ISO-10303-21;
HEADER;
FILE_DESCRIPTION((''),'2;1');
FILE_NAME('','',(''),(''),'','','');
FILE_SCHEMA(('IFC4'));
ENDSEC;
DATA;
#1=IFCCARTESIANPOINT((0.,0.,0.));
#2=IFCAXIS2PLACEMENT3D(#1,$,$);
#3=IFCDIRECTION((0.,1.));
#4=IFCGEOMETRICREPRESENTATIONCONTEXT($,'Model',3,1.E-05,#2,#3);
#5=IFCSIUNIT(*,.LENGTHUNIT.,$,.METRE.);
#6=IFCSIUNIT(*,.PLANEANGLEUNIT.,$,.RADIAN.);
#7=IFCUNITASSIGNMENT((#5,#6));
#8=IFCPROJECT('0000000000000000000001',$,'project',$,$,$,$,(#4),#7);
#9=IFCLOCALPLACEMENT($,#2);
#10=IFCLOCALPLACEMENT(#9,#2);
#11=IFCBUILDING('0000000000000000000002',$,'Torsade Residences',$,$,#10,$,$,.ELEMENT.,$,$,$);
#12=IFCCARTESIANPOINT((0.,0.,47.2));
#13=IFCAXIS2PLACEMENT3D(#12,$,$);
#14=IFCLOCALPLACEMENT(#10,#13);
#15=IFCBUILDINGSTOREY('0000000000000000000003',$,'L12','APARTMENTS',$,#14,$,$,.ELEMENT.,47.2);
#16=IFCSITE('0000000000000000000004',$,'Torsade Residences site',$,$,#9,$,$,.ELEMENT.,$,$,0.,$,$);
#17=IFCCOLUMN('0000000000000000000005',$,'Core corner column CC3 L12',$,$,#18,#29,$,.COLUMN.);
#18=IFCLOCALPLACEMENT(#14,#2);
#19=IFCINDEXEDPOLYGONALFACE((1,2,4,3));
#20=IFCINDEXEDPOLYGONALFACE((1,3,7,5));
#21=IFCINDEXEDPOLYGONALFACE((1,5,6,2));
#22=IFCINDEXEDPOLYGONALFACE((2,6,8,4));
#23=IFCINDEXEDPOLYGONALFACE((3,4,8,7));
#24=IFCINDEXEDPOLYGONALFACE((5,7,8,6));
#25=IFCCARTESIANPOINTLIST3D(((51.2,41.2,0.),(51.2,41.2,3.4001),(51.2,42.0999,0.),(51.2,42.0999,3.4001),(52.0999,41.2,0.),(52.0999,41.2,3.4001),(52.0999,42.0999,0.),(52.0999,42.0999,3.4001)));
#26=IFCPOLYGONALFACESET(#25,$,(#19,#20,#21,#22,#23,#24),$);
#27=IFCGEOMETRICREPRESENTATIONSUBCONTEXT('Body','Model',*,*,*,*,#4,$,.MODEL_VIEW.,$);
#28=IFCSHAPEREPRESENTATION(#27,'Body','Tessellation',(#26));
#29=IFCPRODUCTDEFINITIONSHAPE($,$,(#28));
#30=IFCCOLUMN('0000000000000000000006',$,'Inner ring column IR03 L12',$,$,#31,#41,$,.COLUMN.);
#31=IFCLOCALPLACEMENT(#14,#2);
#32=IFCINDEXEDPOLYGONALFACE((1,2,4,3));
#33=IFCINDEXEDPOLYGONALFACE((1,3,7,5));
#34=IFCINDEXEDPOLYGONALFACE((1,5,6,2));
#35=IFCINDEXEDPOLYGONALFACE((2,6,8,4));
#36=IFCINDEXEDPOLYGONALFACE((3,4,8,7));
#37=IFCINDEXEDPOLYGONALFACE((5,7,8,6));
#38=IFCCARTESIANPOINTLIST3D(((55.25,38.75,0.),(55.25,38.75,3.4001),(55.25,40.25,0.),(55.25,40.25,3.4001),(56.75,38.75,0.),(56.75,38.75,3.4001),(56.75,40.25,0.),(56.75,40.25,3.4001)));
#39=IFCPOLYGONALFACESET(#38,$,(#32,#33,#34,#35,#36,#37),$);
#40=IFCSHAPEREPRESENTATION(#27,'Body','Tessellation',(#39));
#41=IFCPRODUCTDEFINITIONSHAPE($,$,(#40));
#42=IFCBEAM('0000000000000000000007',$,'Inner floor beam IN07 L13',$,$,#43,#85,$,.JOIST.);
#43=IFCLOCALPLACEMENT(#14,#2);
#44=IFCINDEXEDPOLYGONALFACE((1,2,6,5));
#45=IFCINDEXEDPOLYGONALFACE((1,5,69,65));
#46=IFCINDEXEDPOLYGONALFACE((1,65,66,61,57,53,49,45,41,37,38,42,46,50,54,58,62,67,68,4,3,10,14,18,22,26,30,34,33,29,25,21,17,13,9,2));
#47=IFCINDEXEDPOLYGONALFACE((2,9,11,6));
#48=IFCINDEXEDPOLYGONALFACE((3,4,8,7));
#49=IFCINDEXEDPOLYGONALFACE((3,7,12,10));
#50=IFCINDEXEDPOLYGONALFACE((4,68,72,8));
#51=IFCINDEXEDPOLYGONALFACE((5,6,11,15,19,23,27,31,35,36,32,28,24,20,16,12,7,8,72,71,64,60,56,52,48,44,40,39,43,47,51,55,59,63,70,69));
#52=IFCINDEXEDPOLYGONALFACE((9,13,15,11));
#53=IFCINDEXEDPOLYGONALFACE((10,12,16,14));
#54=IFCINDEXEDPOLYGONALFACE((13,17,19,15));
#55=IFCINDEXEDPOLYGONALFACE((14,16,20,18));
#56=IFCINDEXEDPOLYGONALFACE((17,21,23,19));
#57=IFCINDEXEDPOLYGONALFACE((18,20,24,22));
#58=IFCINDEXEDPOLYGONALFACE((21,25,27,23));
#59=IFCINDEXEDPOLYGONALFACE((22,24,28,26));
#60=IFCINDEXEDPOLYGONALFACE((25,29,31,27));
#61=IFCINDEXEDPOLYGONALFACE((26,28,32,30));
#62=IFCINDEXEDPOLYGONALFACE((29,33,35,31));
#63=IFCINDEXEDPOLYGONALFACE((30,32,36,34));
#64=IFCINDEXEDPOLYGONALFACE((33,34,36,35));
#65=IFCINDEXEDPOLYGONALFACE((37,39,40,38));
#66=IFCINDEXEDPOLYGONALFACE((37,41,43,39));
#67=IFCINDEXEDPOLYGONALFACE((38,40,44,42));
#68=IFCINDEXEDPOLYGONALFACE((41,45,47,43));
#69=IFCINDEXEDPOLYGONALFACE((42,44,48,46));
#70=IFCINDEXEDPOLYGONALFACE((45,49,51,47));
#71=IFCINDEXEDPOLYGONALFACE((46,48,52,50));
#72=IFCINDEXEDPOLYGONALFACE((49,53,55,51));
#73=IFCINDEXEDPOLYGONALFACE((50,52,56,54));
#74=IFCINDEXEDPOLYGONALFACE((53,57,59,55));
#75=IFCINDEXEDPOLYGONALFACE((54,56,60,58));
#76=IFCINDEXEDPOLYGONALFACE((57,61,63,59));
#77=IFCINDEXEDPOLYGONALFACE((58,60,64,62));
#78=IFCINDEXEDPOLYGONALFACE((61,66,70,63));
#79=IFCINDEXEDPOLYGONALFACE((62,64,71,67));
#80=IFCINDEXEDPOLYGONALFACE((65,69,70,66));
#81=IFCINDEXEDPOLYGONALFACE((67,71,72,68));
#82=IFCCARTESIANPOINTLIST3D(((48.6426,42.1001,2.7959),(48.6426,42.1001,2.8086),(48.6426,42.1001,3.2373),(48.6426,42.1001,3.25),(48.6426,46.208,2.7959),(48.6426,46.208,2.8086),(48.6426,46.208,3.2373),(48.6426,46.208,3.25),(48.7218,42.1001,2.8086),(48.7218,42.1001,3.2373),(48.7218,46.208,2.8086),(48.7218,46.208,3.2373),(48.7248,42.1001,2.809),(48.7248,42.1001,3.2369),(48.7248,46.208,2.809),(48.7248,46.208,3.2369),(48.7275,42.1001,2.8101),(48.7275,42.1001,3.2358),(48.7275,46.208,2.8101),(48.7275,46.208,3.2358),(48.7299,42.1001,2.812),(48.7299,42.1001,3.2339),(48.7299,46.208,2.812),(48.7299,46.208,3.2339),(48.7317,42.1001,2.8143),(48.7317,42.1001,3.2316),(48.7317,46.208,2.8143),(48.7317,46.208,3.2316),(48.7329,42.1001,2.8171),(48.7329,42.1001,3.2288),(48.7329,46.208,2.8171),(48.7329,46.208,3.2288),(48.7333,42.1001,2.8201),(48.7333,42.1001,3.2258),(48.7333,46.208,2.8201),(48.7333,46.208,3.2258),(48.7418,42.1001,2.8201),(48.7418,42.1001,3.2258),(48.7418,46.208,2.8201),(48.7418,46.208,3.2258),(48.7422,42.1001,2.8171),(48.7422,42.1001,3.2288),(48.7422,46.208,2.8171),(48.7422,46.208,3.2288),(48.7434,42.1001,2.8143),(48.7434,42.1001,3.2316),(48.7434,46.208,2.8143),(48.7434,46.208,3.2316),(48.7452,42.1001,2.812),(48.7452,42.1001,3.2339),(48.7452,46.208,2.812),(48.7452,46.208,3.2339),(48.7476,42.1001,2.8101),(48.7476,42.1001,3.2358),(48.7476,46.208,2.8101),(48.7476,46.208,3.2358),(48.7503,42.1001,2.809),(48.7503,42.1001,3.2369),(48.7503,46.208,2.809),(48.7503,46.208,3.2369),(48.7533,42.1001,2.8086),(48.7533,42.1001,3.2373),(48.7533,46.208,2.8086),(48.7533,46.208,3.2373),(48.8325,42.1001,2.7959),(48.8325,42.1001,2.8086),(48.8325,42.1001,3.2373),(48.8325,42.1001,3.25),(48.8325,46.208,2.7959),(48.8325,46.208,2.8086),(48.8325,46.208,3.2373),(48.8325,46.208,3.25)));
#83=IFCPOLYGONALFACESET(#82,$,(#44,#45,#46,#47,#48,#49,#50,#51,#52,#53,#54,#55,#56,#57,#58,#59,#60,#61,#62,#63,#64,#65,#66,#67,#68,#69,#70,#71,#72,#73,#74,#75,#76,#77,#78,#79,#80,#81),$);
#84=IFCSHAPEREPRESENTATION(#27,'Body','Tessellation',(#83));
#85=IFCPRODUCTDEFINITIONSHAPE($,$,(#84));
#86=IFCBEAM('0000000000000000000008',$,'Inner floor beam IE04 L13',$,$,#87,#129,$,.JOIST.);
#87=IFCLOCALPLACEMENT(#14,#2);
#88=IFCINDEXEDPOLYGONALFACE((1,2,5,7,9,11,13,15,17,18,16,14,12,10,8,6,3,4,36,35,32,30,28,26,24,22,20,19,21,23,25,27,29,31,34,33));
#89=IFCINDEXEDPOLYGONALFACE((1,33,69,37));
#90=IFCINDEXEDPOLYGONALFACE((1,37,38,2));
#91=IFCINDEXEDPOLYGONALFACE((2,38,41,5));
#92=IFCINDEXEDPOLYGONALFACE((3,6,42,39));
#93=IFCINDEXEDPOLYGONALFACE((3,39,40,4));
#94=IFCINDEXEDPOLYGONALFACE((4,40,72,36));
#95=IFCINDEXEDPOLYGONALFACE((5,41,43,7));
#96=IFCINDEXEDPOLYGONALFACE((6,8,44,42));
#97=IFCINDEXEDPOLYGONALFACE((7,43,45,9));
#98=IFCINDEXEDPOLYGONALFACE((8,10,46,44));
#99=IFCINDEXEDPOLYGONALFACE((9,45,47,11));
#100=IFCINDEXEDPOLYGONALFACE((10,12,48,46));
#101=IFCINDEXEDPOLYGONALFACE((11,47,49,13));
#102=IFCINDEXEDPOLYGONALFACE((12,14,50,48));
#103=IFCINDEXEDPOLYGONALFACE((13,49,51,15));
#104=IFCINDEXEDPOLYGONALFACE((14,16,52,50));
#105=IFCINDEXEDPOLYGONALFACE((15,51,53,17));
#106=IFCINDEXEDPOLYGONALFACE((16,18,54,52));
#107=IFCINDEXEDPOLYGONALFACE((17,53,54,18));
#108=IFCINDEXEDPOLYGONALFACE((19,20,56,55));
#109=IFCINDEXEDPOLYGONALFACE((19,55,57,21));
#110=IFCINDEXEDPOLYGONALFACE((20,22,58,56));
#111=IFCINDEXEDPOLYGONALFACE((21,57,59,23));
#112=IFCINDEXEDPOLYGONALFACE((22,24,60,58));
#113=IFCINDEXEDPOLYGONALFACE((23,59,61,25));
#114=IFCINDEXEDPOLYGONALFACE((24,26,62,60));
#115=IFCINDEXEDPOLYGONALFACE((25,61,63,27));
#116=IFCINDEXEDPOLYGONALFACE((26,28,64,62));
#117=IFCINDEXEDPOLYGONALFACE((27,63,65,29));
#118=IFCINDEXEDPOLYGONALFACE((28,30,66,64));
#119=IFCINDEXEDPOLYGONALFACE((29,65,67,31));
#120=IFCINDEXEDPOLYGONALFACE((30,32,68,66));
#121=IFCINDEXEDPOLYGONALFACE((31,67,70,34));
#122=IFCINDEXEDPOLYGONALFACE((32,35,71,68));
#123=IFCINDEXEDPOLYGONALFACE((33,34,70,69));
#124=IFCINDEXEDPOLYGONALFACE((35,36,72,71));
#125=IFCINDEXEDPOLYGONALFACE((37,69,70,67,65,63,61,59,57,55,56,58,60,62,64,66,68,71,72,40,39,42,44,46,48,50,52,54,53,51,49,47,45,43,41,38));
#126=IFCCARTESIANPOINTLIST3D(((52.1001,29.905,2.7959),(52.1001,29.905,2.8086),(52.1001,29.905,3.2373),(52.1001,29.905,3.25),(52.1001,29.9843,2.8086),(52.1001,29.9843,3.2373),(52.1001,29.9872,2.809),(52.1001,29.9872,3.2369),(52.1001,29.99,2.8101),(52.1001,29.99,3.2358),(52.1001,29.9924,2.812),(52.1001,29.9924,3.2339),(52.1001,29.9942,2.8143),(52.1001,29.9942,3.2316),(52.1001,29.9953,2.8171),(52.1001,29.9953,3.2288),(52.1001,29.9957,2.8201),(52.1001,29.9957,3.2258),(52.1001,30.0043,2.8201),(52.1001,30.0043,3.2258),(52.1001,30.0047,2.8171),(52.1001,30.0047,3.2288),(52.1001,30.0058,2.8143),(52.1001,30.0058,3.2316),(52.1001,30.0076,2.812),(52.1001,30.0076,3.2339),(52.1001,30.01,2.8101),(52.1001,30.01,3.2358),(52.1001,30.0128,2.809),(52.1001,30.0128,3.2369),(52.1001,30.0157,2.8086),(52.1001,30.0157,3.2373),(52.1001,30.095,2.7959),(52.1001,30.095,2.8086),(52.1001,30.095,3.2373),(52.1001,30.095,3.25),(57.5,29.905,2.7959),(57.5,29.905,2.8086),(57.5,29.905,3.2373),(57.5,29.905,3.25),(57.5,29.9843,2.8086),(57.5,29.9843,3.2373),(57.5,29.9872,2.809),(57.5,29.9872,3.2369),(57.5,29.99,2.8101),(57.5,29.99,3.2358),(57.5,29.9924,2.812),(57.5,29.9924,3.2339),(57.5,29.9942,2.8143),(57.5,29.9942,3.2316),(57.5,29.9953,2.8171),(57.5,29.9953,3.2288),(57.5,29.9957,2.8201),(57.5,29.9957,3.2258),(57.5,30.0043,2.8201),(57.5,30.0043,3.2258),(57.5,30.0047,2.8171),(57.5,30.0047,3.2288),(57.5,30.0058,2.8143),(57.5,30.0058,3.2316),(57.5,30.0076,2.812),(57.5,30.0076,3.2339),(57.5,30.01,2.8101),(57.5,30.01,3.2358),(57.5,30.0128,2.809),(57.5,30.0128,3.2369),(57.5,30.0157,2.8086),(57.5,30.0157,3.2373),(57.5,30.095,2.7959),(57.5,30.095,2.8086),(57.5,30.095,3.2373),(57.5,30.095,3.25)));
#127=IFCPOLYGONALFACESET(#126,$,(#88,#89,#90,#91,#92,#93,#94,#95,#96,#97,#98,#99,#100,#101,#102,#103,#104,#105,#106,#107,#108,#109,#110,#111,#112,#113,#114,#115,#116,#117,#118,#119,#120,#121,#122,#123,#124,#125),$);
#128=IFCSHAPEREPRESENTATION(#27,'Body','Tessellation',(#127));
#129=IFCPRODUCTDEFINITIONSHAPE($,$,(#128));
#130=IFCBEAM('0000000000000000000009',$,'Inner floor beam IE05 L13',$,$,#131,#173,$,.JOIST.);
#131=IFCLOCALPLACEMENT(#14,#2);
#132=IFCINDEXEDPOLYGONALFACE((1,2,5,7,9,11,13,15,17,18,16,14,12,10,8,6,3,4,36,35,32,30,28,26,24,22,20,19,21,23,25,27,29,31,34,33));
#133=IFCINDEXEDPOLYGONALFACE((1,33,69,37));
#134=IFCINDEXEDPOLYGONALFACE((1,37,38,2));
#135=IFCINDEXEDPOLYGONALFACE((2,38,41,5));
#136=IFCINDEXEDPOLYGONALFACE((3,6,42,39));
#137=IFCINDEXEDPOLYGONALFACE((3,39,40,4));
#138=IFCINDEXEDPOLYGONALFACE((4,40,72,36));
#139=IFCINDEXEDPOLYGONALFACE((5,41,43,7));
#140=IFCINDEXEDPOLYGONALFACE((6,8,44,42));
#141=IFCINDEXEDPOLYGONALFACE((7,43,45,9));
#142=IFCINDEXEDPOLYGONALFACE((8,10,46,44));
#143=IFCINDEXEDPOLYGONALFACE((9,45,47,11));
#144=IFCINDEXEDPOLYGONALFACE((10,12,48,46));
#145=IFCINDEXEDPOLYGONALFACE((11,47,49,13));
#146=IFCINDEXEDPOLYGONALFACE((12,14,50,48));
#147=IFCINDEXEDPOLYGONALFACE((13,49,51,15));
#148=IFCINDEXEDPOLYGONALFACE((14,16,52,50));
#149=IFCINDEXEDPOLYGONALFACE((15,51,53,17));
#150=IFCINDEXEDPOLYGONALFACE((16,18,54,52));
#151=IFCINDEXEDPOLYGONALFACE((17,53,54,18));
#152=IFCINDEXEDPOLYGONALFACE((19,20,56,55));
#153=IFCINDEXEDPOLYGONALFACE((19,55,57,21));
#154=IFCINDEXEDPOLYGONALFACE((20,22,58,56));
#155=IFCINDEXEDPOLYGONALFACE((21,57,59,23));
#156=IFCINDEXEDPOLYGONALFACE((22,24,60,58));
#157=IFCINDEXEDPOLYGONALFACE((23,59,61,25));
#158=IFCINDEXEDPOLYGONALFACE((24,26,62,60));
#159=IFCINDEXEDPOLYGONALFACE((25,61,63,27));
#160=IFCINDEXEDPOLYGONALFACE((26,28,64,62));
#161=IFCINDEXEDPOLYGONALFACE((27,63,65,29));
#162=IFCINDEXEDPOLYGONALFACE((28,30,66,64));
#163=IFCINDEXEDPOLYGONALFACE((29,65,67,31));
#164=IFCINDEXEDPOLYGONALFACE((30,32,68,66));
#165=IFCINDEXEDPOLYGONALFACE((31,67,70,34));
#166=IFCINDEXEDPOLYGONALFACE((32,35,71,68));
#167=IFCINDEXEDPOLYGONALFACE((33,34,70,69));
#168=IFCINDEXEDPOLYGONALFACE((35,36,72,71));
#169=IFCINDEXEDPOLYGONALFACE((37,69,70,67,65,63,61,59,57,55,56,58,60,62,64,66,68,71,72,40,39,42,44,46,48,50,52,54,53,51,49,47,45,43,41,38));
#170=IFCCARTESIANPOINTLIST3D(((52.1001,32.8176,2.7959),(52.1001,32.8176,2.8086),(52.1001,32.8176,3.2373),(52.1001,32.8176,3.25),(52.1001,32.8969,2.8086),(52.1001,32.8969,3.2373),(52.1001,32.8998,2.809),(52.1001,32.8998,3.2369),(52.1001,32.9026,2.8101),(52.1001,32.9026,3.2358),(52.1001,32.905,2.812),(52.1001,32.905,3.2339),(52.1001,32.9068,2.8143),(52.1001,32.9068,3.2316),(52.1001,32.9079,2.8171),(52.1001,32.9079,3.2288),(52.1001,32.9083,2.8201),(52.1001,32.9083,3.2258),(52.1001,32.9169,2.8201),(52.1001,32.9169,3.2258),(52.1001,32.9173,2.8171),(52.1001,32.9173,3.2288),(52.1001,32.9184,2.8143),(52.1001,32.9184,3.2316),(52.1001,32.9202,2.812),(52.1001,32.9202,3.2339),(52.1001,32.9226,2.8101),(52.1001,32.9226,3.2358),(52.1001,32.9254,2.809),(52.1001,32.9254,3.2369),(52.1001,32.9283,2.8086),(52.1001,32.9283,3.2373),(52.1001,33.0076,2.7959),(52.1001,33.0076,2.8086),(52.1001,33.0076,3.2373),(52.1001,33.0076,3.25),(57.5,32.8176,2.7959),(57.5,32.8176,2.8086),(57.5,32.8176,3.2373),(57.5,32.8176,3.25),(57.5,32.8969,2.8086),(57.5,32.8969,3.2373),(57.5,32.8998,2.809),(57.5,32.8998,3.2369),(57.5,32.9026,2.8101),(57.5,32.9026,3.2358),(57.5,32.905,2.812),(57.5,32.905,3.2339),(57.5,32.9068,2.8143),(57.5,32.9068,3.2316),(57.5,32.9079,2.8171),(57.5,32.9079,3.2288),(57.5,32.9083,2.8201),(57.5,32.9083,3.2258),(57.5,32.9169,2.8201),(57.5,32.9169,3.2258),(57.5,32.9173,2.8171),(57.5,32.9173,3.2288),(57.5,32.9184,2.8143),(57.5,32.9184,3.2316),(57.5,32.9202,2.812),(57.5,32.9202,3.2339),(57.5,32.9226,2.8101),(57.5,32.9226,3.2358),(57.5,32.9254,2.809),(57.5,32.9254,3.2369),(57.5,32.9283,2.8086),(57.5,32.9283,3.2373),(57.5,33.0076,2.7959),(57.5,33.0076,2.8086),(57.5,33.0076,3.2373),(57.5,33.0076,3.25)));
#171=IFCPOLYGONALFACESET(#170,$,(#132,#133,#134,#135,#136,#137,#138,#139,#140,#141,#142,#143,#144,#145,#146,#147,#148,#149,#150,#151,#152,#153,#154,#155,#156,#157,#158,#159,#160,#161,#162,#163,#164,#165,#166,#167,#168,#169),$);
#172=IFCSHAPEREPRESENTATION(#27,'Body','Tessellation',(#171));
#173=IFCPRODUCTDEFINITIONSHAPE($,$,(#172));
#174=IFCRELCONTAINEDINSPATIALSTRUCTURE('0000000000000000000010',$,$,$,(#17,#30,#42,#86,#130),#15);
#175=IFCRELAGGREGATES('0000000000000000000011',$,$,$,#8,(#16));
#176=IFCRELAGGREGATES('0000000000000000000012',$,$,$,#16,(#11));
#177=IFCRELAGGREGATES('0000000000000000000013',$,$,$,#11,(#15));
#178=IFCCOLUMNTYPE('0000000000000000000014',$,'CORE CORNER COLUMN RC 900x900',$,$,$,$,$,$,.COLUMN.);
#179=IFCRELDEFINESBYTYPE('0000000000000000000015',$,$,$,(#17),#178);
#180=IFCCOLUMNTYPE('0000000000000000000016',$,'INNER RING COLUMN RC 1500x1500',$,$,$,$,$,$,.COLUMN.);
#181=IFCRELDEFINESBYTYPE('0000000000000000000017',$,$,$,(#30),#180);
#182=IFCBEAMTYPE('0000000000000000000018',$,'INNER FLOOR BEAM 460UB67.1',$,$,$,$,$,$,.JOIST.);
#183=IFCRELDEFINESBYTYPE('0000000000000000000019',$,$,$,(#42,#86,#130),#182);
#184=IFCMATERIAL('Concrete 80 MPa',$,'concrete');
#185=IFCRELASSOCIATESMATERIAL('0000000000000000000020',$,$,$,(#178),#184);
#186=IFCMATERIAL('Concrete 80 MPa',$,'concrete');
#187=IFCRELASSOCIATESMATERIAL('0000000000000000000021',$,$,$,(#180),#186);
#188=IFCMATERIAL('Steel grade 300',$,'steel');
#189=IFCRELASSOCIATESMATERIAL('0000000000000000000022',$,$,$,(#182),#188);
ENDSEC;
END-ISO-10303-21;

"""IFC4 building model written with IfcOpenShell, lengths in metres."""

from ifc_helpers import new_model, si_unit, direction, frame, origin, origin_2d, place, context, subcontext, project, spatial, rectangle, i_section, extrude, material, material_profile, profile_set, type_object, element, save


model = new_model("IFC4")

# Units and contexts
model_context = context("Model", 3, precision=1e-05, world=origin(), true_north=direction((0.0, 1.0)))
body_context = subcontext(model_context, "Body", "Model", "MODEL_VIEW")
ifc_project = project(units=[si_unit("LENGTHUNIT", "METRE"), si_unit("PLANEANGLEUNIT", "RADIAN")], contexts=[model_context])

# Site, building, storey
site_placement = place(None, origin())
site = spatial("IfcSite", under=ifc_project, at=site_placement, Name="Torsade Residences site", CompositionType="ELEMENT", RefElevation=0.0)
building_placement = place(site_placement, origin())
building = spatial("IfcBuilding", under=site, at=building_placement, Name="Torsade Residences", CompositionType="ELEMENT")
storey_placement = place(building_placement, frame((0.0, 0.0, 47.2)))
storey = spatial("IfcBuildingStorey", under=building, at=storey_placement, Name="L12", Description="APARTMENTS", CompositionType="ELEMENT", Elevation=47.2)

# Columns
ifc_material_1 = material(Name="Concrete 80 MPa", Category="concrete")
ifc_material_profile_1 = material_profile(ifc_material_1, rectangle(XDim=0.8999, YDim=0.8999, at=origin_2d()), Name="RC 900x900")
ifc_profile_set_1 = profile_set([ifc_material_profile_1], Name="Concrete 80 MPa")
column_type_1 = type_object("IfcColumnType", Name="CORE CORNER COLUMN RC 900x900", PredefinedType="COLUMN", material=ifc_profile_set_1)
column_1_placement = place(storey_placement, frame((51.6499, 41.6499, 0.0), z_axis=(0.0, 0.0, 1.0), x_axis=(1.0, 0.0, 0.0)))
element("IfcColumn", 1, at=column_1_placement, inside=storey, type_object=column_type_1, Name="Core corner column CC3 L12", PredefinedType="COLUMN", context=body_context, shape_type="SweptSolid", body=[
    extrude(rectangle(XDim=0.8999, YDim=0.8999, at=origin_2d()), origin(), (0.0, 0.0, 1.0), 3.4001),
])
ifc_material_2 = material(Name="Concrete 80 MPa", Category="concrete")
ifc_material_profile_2 = material_profile(ifc_material_2, rectangle(XDim=1.5, YDim=1.5, at=origin_2d()), Name="RC 1500x1500")
ifc_profile_set_2 = profile_set([ifc_material_profile_2], Name="Concrete 80 MPa")
column_type_2 = type_object("IfcColumnType", Name="INNER RING COLUMN RC 1500x1500", PredefinedType="COLUMN", material=ifc_profile_set_2)
column_2_placement = place(storey_placement, frame((56.0, 39.5, 0.0), z_axis=(0.0, 0.0, 1.0), x_axis=(1.0, 0.0, 0.0)))
element("IfcColumn", 2, at=column_2_placement, inside=storey, type_object=column_type_2, Name="Inner ring column IR03 L12", PredefinedType="COLUMN", context=body_context, shape_type="SweptSolid", body=[
    extrude(rectangle(XDim=1.5, YDim=1.5, at=origin_2d()), origin(), (0.0, 0.0, 1.0), 3.4001),
])

# Beams
ifc_material_3 = material(Name="Steel grade 300", Category="steel")
ifc_material_profile_3 = material_profile(ifc_material_3, i_section(OverallWidth=0.1899, OverallDepth=0.4541, WebThickness=0.0085, FlangeThickness=0.0127, FilletRadius=0.0115, at=origin_2d()), Name="460UB67.1")
ifc_profile_set_3 = profile_set([ifc_material_profile_3], Name="Steel grade 300")
beam_type_1 = type_object("IfcBeamType", Name="INNER FLOOR BEAM 460UB67.1", PredefinedType="JOIST", material=ifc_profile_set_3)
beam_1_placement = place(storey_placement, frame((48.7375, 42.1001, 3.0229), z_axis=(0.0, 1.0, 0.0), x_axis=(-1.0, 0.0, 0.0)))
element("IfcBeam", 3, at=beam_1_placement, inside=storey, type_object=beam_type_1, Name="Inner floor beam IN07 L13", PredefinedType="JOIST", context=body_context, shape_type="SweptSolid", body=[
    extrude(i_section(OverallWidth=0.1899, OverallDepth=0.4541, WebThickness=0.0085, FlangeThickness=0.0127, FilletRadius=0.0115, at=origin_2d()), origin(), (0.0, 0.0, 1.0), 4.1079),
])
for number, where, z_axis, x_axis, name in (
    (4, (52.1001, 30.0, 3.0229), (1.0, 0.0, 0.0), (0.0, 1.0, 0.0), "Inner floor beam IE04 L13"),
    (5, (52.1001, 32.9126, 3.0229), (1.0, 0.0, 0.0), (0.0, 1.0, 0.0), "Inner floor beam IE05 L13"),
):
    element("IfcBeam", number, at=place(storey_placement, frame(where, z_axis=z_axis, x_axis=x_axis)), inside=storey, type_object=beam_type_1, Name=name, PredefinedType="JOIST", context=body_context, shape_type="SweptSolid", body=[
        extrude(i_section(OverallWidth=0.1899, OverallDepth=0.4541, WebThickness=0.0085, FlangeThickness=0.0127, FilletRadius=0.0115, at=origin_2d()), origin(), (0.0, 0.0, 1.0), 5.3999),
    ])

save(model, "model.ifc")
